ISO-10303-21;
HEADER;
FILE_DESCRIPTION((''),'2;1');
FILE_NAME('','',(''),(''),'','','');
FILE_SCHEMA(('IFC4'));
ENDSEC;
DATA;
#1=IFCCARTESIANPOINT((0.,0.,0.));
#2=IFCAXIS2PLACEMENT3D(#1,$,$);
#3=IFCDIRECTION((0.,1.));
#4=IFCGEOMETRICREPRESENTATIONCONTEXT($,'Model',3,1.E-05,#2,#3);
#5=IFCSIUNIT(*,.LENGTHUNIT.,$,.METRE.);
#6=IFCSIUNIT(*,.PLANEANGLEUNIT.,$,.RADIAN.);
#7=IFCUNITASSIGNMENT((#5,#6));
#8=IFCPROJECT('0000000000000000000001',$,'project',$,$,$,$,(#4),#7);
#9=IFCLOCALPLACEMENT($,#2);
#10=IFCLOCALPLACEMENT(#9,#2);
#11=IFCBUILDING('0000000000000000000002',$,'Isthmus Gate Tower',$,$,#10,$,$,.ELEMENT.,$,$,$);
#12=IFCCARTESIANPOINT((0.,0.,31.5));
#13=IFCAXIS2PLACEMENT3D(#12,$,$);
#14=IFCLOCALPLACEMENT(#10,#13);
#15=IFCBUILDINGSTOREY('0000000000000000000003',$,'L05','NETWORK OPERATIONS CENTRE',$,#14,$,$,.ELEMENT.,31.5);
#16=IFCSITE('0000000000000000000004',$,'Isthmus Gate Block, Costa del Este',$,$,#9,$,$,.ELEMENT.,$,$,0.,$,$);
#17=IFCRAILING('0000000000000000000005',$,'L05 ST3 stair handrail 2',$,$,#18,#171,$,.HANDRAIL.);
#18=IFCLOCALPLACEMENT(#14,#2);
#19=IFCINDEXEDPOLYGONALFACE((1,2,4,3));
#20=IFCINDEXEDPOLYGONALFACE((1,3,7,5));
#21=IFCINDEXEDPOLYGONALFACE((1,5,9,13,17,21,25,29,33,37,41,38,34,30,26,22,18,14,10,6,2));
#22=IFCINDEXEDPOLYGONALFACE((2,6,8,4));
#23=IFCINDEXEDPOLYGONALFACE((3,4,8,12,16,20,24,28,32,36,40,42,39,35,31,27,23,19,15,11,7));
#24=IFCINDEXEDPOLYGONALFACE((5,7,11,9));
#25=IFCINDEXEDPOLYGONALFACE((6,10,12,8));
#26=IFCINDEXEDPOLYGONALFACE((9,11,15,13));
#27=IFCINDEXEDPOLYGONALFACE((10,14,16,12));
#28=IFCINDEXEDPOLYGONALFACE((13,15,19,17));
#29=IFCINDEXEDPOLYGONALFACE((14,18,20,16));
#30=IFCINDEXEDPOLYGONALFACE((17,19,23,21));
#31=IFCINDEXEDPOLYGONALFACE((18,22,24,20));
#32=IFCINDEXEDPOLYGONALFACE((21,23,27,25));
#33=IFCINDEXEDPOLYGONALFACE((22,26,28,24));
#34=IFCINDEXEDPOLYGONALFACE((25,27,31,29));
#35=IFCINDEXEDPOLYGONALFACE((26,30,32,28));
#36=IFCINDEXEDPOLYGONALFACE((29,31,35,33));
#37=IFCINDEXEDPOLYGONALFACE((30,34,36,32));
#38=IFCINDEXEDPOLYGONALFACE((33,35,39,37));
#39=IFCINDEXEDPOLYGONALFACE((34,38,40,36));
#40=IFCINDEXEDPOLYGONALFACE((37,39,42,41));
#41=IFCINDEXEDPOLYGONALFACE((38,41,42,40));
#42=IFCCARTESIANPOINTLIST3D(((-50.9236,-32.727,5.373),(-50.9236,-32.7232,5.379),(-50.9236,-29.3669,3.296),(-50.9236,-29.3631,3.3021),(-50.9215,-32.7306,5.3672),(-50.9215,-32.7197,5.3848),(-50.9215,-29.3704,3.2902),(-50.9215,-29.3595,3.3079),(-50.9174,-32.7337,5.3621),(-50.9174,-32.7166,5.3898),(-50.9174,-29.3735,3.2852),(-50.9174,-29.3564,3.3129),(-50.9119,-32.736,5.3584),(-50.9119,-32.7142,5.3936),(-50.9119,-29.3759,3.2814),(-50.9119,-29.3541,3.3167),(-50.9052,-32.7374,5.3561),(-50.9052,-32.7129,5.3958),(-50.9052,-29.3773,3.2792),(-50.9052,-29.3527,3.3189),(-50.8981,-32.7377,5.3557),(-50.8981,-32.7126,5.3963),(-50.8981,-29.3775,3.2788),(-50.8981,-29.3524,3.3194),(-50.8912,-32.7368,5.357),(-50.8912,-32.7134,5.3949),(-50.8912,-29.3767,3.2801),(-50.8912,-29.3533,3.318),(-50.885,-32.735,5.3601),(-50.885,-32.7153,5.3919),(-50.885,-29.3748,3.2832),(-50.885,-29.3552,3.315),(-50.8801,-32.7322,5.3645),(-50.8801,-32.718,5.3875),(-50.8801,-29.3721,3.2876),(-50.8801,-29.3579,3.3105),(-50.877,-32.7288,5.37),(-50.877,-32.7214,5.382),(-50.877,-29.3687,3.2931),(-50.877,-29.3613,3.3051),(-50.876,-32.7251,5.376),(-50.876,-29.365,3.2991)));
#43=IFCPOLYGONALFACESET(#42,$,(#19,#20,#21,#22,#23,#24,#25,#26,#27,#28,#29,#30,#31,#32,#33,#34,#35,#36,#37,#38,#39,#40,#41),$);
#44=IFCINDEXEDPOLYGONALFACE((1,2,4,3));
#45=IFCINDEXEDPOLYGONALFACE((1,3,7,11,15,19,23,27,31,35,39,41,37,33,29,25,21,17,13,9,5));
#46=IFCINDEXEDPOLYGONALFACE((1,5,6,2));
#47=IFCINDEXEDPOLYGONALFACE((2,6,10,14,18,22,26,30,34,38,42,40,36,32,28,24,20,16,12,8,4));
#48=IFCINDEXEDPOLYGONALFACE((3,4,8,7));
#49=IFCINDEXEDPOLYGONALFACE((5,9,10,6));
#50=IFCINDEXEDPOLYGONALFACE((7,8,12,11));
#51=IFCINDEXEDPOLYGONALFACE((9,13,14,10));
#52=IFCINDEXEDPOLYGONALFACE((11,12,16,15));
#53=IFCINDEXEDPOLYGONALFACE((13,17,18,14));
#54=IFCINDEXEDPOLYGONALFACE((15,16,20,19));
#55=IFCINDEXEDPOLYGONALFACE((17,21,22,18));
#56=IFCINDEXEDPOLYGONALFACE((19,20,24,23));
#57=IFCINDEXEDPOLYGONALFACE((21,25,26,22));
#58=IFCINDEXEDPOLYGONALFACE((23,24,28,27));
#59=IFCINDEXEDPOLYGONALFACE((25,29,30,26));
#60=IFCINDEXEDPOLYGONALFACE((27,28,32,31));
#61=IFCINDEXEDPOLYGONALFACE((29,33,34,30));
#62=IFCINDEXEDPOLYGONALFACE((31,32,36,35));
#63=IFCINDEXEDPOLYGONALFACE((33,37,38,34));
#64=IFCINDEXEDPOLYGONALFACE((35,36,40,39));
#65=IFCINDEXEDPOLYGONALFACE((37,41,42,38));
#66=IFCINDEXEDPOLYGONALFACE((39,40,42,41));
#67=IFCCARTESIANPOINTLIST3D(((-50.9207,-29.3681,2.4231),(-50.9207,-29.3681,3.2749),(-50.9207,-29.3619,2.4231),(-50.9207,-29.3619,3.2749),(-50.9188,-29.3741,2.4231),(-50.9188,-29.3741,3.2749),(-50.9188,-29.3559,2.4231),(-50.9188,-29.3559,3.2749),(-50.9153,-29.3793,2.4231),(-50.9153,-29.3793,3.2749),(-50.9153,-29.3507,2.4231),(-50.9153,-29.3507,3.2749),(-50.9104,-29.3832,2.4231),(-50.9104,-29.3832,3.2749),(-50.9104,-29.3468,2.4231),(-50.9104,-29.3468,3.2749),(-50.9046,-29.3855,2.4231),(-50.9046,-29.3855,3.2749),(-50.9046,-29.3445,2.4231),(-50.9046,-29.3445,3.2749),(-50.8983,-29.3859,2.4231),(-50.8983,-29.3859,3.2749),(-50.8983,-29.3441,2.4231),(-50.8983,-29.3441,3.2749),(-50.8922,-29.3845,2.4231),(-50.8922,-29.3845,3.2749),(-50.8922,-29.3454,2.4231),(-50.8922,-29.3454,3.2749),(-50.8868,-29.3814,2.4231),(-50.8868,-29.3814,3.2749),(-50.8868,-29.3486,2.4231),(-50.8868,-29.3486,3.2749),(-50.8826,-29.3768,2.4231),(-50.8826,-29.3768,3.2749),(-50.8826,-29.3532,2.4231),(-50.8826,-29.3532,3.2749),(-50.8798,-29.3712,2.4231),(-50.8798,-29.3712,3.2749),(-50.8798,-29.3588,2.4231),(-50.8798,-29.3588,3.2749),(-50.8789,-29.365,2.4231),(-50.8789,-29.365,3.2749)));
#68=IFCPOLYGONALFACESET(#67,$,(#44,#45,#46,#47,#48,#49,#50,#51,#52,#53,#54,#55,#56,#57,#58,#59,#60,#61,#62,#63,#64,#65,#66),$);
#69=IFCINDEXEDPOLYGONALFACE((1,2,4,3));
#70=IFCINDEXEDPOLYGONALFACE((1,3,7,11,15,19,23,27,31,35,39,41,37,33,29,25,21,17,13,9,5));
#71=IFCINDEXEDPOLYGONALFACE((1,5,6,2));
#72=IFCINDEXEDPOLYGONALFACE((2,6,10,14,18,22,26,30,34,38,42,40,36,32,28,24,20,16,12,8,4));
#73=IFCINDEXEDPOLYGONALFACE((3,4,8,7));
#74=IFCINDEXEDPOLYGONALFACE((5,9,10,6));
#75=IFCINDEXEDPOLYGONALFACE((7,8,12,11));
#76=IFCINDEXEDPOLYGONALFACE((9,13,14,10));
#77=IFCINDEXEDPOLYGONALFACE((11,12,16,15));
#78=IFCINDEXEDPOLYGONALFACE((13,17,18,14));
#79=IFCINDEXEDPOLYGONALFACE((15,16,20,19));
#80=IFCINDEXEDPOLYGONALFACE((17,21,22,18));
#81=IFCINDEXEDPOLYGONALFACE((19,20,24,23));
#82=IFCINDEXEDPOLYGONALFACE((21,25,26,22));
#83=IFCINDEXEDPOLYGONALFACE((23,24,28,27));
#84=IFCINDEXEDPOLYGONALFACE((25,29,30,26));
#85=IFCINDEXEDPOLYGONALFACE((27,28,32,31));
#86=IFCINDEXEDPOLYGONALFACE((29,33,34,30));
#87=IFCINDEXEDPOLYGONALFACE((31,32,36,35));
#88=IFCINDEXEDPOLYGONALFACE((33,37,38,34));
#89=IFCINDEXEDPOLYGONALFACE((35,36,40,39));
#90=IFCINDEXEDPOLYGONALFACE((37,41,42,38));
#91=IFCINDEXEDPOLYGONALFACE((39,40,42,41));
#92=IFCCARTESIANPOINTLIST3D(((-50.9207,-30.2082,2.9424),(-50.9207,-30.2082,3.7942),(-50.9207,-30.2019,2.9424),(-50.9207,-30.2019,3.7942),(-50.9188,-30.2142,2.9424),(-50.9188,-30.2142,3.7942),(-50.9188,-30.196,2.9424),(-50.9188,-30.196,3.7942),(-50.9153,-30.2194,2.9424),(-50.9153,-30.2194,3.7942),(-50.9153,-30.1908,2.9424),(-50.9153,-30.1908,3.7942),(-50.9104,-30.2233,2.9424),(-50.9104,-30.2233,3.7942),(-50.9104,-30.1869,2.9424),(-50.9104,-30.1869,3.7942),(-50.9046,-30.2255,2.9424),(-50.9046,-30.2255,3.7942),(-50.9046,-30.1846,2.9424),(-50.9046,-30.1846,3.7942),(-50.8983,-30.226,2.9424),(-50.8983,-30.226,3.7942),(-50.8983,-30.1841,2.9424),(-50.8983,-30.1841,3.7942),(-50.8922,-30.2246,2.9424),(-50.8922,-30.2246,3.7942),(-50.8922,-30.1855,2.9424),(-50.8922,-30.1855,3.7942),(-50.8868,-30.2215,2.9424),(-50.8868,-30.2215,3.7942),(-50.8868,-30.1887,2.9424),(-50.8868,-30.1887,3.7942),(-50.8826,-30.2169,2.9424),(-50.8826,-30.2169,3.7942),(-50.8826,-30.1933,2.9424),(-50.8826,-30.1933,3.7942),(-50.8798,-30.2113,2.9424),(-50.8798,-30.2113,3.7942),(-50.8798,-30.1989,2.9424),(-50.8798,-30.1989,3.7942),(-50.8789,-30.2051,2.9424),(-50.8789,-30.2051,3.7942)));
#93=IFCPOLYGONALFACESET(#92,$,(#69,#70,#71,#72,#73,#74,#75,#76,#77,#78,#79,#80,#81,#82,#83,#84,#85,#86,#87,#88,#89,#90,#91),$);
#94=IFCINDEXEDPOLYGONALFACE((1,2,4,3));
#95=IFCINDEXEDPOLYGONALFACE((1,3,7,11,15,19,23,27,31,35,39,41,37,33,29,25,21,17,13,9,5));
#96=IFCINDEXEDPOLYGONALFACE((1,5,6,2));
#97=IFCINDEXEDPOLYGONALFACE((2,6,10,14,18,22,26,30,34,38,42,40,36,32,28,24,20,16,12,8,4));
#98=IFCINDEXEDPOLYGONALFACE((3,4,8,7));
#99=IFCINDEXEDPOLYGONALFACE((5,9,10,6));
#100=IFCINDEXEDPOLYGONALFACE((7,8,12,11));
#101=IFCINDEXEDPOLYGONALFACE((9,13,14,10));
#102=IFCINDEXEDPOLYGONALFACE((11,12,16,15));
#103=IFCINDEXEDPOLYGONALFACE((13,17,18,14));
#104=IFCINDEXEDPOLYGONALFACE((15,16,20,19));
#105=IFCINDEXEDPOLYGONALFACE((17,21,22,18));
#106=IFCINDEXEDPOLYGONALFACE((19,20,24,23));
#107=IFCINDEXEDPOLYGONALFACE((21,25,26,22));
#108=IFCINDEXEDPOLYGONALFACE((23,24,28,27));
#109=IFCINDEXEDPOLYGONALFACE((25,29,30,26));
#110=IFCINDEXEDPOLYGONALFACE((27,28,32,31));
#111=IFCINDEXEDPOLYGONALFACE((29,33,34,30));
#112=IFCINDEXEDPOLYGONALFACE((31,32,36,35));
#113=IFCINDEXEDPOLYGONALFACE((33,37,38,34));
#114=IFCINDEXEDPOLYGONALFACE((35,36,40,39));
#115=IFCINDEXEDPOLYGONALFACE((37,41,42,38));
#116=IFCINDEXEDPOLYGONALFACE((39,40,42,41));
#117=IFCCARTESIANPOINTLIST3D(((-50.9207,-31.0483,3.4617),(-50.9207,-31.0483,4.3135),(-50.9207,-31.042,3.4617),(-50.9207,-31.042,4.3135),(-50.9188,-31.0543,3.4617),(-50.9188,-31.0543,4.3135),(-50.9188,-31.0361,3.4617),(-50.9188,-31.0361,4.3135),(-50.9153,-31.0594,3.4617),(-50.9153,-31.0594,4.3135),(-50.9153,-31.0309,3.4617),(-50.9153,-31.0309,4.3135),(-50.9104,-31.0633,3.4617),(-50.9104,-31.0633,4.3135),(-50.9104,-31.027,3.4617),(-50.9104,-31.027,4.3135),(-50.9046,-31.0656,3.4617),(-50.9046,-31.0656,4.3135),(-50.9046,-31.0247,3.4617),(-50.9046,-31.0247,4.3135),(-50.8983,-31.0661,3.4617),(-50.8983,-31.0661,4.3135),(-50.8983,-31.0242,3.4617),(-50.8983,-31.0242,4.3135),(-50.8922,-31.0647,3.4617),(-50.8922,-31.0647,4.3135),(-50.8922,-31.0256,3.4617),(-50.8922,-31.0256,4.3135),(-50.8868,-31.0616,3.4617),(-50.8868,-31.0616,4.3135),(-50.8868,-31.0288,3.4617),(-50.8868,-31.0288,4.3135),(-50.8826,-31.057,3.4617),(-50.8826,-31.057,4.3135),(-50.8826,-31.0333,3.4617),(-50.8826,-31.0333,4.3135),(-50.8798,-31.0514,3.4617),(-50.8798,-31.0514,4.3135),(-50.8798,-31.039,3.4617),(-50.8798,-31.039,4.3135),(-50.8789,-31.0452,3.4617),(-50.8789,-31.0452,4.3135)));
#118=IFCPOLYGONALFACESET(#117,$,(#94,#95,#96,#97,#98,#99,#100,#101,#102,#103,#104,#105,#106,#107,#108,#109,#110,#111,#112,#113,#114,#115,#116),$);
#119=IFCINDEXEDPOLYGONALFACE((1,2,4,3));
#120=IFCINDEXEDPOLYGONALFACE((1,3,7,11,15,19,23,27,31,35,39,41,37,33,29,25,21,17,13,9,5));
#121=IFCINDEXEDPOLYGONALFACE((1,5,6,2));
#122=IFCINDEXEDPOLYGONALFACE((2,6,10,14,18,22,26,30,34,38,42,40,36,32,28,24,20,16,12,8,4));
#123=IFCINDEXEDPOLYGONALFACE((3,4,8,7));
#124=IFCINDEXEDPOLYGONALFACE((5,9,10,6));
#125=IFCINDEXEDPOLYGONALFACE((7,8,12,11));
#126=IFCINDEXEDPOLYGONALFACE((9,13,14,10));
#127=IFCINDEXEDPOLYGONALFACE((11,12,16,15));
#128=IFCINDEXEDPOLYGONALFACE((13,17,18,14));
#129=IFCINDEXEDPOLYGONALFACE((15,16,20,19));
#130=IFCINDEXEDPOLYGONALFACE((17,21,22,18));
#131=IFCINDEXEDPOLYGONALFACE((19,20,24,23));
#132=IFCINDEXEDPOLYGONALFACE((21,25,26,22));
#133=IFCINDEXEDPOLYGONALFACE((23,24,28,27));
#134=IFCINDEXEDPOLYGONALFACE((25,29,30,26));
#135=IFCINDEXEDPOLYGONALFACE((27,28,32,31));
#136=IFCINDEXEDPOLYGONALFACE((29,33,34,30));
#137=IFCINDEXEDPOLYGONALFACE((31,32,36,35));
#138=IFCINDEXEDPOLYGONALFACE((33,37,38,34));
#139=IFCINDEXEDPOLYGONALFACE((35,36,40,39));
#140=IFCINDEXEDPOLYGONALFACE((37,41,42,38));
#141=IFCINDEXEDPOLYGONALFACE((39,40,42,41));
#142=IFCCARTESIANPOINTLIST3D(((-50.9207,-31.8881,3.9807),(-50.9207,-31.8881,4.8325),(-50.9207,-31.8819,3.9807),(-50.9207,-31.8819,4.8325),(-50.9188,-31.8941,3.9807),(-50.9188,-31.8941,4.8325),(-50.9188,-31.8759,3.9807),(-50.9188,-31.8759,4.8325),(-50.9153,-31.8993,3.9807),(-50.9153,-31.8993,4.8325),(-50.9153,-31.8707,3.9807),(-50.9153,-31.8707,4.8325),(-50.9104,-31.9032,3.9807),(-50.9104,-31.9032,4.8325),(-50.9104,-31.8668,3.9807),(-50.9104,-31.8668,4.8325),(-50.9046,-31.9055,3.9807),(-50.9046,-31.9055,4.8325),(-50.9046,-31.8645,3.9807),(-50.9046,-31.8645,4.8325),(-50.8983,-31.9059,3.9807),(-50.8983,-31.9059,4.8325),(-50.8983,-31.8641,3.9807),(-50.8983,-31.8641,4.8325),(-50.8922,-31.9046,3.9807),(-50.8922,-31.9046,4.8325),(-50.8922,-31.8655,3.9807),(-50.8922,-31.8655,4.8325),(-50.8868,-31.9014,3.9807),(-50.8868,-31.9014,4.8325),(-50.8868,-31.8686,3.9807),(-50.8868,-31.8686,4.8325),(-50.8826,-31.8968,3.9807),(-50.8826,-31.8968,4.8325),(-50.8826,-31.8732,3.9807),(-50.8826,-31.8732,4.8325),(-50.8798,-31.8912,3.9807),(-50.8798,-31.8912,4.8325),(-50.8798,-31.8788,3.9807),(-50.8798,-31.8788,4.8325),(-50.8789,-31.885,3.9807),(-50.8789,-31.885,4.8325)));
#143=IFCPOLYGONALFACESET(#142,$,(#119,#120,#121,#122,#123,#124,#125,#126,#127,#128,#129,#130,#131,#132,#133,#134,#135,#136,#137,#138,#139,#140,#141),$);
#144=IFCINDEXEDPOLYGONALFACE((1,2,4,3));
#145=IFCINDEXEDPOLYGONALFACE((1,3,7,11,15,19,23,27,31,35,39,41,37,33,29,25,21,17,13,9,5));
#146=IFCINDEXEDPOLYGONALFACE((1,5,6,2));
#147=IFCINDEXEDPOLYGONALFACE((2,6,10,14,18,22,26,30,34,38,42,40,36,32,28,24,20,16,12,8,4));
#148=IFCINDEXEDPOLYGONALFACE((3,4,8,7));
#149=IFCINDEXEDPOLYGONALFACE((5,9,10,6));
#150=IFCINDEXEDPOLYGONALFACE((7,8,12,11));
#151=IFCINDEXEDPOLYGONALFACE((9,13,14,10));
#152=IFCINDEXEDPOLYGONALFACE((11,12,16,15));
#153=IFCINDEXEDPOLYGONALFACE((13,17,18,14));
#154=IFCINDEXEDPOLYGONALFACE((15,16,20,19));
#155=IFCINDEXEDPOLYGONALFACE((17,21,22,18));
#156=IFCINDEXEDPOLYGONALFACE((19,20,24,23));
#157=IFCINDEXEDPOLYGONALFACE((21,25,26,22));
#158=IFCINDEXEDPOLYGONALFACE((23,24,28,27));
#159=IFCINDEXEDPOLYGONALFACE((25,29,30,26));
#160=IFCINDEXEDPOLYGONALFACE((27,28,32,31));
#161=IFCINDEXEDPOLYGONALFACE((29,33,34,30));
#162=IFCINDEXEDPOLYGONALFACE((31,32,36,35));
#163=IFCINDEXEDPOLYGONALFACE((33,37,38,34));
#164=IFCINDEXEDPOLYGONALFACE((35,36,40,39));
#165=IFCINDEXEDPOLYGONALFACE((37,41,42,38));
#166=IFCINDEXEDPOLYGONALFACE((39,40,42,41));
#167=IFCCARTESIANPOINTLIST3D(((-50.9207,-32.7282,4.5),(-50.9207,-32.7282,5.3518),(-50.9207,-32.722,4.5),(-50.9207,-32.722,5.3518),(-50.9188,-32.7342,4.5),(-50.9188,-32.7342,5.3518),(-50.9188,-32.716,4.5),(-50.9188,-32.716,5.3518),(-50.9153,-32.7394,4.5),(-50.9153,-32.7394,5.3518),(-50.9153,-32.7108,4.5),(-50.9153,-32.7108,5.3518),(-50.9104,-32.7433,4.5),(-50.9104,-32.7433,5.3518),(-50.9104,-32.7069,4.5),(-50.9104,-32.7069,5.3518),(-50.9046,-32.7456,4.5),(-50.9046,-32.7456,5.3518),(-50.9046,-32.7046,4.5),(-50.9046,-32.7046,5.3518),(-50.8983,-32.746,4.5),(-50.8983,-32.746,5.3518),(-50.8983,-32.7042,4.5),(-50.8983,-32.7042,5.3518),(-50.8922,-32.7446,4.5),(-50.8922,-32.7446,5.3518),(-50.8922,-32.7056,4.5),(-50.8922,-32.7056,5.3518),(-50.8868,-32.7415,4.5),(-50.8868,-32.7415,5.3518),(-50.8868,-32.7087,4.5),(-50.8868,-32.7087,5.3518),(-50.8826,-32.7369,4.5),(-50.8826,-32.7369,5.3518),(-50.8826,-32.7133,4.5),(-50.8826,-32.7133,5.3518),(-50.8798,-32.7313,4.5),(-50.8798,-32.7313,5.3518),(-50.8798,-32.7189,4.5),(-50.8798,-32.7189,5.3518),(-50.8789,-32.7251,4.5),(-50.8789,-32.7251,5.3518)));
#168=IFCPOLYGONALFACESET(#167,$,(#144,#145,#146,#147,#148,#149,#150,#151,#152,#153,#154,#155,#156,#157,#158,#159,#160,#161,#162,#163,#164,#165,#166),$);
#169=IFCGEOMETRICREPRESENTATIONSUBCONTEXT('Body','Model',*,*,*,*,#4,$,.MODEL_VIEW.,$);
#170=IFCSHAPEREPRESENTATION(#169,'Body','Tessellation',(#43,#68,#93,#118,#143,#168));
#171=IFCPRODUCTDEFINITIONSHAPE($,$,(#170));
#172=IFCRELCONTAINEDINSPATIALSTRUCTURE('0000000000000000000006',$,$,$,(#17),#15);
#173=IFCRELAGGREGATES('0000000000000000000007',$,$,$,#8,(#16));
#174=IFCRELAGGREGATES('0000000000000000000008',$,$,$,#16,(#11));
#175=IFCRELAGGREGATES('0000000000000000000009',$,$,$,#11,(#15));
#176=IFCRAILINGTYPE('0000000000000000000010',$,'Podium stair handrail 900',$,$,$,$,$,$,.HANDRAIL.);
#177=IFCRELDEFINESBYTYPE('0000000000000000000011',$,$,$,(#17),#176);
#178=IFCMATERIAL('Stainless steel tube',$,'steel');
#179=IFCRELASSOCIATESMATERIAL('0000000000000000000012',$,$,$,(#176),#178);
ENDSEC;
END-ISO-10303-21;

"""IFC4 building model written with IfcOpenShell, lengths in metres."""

from ifc_helpers import new_model, si_unit, direction, frame, origin, origin_2d, place, context, subcontext, project, spatial, circle, extrude, material, type_object, element, save


model = new_model("IFC4")

# Units and contexts
model_context = context("Model", 3, precision=1e-05, world=origin(), true_north=direction((0.0, 1.0)))
body_context = subcontext(model_context, "Body", "Model", "MODEL_VIEW")
ifc_project = project(units=[si_unit("LENGTHUNIT", "METRE"), si_unit("PLANEANGLEUNIT", "RADIAN")], contexts=[model_context])

# Site, building, storey
site_placement = place(None, origin())
site = spatial("IfcSite", under=ifc_project, at=site_placement, Name="Isthmus Gate Block, Costa del Este", CompositionType="ELEMENT", RefElevation=0.0)
building_placement = place(site_placement, origin())
building = spatial("IfcBuilding", under=site, at=building_placement, Name="Isthmus Gate Tower", CompositionType="ELEMENT")
storey_placement = place(building_placement, frame((0.0, 0.0, 31.5)))
storey = spatial("IfcBuildingStorey", under=building, at=storey_placement, Name="L05", Description="NETWORK OPERATIONS CENTRE", CompositionType="ELEMENT", Elevation=31.5)

# Railing
ifc_material_1 = material(Name="Stainless steel tube", Category="steel")
railing_type_1 = type_object("IfcRailingType", Name="Podium stair handrail 900", PredefinedType="HANDRAIL", material=ifc_material_1)
railing_1_placement = place(storey_placement, frame((-50.8999, -29.365, 2.4231)))
element("IfcRailing", 1, at=railing_1_placement, inside=storey, type_object=railing_type_1, Name="L05 ST3 stair handrail 2", PredefinedType="HANDRAIL", context=body_context, shape_type="SweptSolid", body=[
    extrude(circle(Radius=0.0239, at=origin_2d()), frame((0.0, 0.0, 0.876), z_axis=(0.0, -0.850623, 0.525776), x_axis=(1.0, 0.0, 0.0)), (0.0, 0.0, 1.0), 3.9502),
    extrude(circle(Radius=0.021, at=origin_2d()), origin(), (0.0, 0.0, 1.0), 0.8518),
    extrude(circle(Radius=0.021, at=origin_2d()), frame((0.0, -0.8401, 0.5193)), (0.0, 0.0, 1.0), 0.8518),
    extrude(circle(Radius=0.021, at=origin_2d()), frame((0.0, -1.6802, 1.0386)), (0.0, 0.0, 1.0), 0.8518),
    extrude(circle(Radius=0.021, at=origin_2d()), frame((0.0, -2.52, 1.5576)), (0.0, 0.0, 1.0), 0.8518),
    extrude(circle(Radius=0.021, at=origin_2d()), frame((0.0, -3.3601, 2.0769)), (0.0, 0.0, 1.0), 0.8518),
])

save(model, "model.ifc")
